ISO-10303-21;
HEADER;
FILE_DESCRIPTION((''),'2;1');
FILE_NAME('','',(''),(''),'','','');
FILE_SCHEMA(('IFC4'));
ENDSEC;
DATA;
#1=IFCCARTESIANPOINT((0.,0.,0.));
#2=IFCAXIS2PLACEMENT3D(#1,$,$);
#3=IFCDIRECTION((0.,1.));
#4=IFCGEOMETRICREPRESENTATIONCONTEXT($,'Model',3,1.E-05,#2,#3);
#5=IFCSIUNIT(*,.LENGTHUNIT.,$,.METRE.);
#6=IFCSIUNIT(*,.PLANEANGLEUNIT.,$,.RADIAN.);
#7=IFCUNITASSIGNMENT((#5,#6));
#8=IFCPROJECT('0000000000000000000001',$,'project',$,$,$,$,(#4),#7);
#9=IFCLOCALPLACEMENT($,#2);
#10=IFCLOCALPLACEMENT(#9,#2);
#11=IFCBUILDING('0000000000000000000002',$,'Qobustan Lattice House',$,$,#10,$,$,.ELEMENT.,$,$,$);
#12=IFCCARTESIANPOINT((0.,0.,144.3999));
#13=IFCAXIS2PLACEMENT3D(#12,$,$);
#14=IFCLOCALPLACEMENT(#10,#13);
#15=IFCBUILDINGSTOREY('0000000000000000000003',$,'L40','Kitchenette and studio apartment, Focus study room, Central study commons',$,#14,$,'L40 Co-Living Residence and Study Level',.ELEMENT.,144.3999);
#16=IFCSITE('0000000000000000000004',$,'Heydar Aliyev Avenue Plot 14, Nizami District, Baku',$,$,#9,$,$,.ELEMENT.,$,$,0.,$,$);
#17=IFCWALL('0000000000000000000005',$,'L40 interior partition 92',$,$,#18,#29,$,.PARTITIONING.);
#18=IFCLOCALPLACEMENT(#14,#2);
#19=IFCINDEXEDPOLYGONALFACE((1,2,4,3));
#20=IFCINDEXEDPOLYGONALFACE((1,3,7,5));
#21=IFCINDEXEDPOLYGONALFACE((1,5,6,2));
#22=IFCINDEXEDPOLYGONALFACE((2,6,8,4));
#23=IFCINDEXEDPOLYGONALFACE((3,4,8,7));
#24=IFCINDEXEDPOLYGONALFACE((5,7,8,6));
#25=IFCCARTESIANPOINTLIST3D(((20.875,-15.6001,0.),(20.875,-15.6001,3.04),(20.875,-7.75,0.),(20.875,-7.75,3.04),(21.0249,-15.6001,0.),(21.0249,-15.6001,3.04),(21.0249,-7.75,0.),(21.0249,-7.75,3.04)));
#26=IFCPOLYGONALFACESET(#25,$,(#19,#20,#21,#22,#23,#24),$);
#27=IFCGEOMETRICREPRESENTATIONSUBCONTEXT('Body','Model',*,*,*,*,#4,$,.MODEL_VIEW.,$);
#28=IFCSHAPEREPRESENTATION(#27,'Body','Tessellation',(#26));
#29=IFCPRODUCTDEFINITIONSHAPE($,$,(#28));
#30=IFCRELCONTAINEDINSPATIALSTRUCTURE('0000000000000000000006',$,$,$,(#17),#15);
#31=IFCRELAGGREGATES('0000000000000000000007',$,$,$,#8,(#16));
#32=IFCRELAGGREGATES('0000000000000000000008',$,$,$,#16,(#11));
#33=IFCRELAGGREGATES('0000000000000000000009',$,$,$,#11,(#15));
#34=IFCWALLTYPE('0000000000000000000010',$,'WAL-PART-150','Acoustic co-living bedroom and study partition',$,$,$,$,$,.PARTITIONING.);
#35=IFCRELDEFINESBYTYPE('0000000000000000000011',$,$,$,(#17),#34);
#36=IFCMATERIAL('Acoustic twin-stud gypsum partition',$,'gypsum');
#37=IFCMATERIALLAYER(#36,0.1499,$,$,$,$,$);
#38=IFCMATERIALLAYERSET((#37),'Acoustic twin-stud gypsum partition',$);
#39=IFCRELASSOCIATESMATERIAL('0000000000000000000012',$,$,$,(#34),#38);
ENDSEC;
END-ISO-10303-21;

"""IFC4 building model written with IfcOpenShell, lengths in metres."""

from ifc_helpers import new_model, si_unit, direction, frame, frame_2d, origin, place, context, subcontext, project, spatial, rectangle, extrude, material, layer, layer_set, type_object, element, save


model = new_model("IFC4")

# Units and contexts
model_context = context("Model", 3, precision=1e-05, world=origin(), true_north=direction((0.0, 1.0)))
body_context = subcontext(model_context, "Body", "Model", "MODEL_VIEW")
ifc_project = project(units=[si_unit("LENGTHUNIT", "METRE"), si_unit("PLANEANGLEUNIT", "RADIAN")], contexts=[model_context])

# Site, building, storey
site_placement = place(None, origin())
site = spatial("IfcSite", under=ifc_project, at=site_placement, Name="Heydar Aliyev Avenue Plot 14, Nizami District, Baku", CompositionType="ELEMENT", RefElevation=0.0)
building_placement = place(site_placement, origin())
building = spatial("IfcBuilding", under=site, at=building_placement, Name="Qobustan Lattice House", CompositionType="ELEMENT")
storey_placement = place(building_placement, frame((0.0, 0.0, 144.3999)))
storey = spatial("IfcBuildingStorey", under=building, at=storey_placement, Name="L40", Description="Kitchenette and studio apartment, Focus study room, Central study commons", LongName="L40 Co-Living Residence and Study Level", CompositionType="ELEMENT", Elevation=144.3999)

# Wall
ifc_material_1 = material(Name="Acoustic twin-stud gypsum partition", Category="gypsum")
ifc_layer_1 = layer(ifc_material_1, 0.1499)
ifc_layer_set_1 = layer_set([ifc_layer_1], Name="Acoustic twin-stud gypsum partition")
wall_type_1 = type_object("IfcWallType", Name="WAL-PART-150", Description="Acoustic co-living bedroom and study partition", PredefinedType="PARTITIONING", material=ifc_layer_set_1)
wall_1_placement = place(storey_placement, frame((20.95, -15.6001, 0.0), z_axis=(0.0, 0.0, 1.0), x_axis=(0.0, 1.0, 0.0)))
element("IfcWall", 1, at=wall_1_placement, inside=storey, type_object=wall_type_1, Name="L40 interior partition 92", PredefinedType="PARTITIONING", context=body_context, shape_type="SweptSolid", body=[
    extrude(rectangle(XDim=7.8501, YDim=0.1499, at=frame_2d((3.925, 0.0))), origin(), (0.0, 0.0, 1.0), 3.04),
])

save(model, "model.ifc")
